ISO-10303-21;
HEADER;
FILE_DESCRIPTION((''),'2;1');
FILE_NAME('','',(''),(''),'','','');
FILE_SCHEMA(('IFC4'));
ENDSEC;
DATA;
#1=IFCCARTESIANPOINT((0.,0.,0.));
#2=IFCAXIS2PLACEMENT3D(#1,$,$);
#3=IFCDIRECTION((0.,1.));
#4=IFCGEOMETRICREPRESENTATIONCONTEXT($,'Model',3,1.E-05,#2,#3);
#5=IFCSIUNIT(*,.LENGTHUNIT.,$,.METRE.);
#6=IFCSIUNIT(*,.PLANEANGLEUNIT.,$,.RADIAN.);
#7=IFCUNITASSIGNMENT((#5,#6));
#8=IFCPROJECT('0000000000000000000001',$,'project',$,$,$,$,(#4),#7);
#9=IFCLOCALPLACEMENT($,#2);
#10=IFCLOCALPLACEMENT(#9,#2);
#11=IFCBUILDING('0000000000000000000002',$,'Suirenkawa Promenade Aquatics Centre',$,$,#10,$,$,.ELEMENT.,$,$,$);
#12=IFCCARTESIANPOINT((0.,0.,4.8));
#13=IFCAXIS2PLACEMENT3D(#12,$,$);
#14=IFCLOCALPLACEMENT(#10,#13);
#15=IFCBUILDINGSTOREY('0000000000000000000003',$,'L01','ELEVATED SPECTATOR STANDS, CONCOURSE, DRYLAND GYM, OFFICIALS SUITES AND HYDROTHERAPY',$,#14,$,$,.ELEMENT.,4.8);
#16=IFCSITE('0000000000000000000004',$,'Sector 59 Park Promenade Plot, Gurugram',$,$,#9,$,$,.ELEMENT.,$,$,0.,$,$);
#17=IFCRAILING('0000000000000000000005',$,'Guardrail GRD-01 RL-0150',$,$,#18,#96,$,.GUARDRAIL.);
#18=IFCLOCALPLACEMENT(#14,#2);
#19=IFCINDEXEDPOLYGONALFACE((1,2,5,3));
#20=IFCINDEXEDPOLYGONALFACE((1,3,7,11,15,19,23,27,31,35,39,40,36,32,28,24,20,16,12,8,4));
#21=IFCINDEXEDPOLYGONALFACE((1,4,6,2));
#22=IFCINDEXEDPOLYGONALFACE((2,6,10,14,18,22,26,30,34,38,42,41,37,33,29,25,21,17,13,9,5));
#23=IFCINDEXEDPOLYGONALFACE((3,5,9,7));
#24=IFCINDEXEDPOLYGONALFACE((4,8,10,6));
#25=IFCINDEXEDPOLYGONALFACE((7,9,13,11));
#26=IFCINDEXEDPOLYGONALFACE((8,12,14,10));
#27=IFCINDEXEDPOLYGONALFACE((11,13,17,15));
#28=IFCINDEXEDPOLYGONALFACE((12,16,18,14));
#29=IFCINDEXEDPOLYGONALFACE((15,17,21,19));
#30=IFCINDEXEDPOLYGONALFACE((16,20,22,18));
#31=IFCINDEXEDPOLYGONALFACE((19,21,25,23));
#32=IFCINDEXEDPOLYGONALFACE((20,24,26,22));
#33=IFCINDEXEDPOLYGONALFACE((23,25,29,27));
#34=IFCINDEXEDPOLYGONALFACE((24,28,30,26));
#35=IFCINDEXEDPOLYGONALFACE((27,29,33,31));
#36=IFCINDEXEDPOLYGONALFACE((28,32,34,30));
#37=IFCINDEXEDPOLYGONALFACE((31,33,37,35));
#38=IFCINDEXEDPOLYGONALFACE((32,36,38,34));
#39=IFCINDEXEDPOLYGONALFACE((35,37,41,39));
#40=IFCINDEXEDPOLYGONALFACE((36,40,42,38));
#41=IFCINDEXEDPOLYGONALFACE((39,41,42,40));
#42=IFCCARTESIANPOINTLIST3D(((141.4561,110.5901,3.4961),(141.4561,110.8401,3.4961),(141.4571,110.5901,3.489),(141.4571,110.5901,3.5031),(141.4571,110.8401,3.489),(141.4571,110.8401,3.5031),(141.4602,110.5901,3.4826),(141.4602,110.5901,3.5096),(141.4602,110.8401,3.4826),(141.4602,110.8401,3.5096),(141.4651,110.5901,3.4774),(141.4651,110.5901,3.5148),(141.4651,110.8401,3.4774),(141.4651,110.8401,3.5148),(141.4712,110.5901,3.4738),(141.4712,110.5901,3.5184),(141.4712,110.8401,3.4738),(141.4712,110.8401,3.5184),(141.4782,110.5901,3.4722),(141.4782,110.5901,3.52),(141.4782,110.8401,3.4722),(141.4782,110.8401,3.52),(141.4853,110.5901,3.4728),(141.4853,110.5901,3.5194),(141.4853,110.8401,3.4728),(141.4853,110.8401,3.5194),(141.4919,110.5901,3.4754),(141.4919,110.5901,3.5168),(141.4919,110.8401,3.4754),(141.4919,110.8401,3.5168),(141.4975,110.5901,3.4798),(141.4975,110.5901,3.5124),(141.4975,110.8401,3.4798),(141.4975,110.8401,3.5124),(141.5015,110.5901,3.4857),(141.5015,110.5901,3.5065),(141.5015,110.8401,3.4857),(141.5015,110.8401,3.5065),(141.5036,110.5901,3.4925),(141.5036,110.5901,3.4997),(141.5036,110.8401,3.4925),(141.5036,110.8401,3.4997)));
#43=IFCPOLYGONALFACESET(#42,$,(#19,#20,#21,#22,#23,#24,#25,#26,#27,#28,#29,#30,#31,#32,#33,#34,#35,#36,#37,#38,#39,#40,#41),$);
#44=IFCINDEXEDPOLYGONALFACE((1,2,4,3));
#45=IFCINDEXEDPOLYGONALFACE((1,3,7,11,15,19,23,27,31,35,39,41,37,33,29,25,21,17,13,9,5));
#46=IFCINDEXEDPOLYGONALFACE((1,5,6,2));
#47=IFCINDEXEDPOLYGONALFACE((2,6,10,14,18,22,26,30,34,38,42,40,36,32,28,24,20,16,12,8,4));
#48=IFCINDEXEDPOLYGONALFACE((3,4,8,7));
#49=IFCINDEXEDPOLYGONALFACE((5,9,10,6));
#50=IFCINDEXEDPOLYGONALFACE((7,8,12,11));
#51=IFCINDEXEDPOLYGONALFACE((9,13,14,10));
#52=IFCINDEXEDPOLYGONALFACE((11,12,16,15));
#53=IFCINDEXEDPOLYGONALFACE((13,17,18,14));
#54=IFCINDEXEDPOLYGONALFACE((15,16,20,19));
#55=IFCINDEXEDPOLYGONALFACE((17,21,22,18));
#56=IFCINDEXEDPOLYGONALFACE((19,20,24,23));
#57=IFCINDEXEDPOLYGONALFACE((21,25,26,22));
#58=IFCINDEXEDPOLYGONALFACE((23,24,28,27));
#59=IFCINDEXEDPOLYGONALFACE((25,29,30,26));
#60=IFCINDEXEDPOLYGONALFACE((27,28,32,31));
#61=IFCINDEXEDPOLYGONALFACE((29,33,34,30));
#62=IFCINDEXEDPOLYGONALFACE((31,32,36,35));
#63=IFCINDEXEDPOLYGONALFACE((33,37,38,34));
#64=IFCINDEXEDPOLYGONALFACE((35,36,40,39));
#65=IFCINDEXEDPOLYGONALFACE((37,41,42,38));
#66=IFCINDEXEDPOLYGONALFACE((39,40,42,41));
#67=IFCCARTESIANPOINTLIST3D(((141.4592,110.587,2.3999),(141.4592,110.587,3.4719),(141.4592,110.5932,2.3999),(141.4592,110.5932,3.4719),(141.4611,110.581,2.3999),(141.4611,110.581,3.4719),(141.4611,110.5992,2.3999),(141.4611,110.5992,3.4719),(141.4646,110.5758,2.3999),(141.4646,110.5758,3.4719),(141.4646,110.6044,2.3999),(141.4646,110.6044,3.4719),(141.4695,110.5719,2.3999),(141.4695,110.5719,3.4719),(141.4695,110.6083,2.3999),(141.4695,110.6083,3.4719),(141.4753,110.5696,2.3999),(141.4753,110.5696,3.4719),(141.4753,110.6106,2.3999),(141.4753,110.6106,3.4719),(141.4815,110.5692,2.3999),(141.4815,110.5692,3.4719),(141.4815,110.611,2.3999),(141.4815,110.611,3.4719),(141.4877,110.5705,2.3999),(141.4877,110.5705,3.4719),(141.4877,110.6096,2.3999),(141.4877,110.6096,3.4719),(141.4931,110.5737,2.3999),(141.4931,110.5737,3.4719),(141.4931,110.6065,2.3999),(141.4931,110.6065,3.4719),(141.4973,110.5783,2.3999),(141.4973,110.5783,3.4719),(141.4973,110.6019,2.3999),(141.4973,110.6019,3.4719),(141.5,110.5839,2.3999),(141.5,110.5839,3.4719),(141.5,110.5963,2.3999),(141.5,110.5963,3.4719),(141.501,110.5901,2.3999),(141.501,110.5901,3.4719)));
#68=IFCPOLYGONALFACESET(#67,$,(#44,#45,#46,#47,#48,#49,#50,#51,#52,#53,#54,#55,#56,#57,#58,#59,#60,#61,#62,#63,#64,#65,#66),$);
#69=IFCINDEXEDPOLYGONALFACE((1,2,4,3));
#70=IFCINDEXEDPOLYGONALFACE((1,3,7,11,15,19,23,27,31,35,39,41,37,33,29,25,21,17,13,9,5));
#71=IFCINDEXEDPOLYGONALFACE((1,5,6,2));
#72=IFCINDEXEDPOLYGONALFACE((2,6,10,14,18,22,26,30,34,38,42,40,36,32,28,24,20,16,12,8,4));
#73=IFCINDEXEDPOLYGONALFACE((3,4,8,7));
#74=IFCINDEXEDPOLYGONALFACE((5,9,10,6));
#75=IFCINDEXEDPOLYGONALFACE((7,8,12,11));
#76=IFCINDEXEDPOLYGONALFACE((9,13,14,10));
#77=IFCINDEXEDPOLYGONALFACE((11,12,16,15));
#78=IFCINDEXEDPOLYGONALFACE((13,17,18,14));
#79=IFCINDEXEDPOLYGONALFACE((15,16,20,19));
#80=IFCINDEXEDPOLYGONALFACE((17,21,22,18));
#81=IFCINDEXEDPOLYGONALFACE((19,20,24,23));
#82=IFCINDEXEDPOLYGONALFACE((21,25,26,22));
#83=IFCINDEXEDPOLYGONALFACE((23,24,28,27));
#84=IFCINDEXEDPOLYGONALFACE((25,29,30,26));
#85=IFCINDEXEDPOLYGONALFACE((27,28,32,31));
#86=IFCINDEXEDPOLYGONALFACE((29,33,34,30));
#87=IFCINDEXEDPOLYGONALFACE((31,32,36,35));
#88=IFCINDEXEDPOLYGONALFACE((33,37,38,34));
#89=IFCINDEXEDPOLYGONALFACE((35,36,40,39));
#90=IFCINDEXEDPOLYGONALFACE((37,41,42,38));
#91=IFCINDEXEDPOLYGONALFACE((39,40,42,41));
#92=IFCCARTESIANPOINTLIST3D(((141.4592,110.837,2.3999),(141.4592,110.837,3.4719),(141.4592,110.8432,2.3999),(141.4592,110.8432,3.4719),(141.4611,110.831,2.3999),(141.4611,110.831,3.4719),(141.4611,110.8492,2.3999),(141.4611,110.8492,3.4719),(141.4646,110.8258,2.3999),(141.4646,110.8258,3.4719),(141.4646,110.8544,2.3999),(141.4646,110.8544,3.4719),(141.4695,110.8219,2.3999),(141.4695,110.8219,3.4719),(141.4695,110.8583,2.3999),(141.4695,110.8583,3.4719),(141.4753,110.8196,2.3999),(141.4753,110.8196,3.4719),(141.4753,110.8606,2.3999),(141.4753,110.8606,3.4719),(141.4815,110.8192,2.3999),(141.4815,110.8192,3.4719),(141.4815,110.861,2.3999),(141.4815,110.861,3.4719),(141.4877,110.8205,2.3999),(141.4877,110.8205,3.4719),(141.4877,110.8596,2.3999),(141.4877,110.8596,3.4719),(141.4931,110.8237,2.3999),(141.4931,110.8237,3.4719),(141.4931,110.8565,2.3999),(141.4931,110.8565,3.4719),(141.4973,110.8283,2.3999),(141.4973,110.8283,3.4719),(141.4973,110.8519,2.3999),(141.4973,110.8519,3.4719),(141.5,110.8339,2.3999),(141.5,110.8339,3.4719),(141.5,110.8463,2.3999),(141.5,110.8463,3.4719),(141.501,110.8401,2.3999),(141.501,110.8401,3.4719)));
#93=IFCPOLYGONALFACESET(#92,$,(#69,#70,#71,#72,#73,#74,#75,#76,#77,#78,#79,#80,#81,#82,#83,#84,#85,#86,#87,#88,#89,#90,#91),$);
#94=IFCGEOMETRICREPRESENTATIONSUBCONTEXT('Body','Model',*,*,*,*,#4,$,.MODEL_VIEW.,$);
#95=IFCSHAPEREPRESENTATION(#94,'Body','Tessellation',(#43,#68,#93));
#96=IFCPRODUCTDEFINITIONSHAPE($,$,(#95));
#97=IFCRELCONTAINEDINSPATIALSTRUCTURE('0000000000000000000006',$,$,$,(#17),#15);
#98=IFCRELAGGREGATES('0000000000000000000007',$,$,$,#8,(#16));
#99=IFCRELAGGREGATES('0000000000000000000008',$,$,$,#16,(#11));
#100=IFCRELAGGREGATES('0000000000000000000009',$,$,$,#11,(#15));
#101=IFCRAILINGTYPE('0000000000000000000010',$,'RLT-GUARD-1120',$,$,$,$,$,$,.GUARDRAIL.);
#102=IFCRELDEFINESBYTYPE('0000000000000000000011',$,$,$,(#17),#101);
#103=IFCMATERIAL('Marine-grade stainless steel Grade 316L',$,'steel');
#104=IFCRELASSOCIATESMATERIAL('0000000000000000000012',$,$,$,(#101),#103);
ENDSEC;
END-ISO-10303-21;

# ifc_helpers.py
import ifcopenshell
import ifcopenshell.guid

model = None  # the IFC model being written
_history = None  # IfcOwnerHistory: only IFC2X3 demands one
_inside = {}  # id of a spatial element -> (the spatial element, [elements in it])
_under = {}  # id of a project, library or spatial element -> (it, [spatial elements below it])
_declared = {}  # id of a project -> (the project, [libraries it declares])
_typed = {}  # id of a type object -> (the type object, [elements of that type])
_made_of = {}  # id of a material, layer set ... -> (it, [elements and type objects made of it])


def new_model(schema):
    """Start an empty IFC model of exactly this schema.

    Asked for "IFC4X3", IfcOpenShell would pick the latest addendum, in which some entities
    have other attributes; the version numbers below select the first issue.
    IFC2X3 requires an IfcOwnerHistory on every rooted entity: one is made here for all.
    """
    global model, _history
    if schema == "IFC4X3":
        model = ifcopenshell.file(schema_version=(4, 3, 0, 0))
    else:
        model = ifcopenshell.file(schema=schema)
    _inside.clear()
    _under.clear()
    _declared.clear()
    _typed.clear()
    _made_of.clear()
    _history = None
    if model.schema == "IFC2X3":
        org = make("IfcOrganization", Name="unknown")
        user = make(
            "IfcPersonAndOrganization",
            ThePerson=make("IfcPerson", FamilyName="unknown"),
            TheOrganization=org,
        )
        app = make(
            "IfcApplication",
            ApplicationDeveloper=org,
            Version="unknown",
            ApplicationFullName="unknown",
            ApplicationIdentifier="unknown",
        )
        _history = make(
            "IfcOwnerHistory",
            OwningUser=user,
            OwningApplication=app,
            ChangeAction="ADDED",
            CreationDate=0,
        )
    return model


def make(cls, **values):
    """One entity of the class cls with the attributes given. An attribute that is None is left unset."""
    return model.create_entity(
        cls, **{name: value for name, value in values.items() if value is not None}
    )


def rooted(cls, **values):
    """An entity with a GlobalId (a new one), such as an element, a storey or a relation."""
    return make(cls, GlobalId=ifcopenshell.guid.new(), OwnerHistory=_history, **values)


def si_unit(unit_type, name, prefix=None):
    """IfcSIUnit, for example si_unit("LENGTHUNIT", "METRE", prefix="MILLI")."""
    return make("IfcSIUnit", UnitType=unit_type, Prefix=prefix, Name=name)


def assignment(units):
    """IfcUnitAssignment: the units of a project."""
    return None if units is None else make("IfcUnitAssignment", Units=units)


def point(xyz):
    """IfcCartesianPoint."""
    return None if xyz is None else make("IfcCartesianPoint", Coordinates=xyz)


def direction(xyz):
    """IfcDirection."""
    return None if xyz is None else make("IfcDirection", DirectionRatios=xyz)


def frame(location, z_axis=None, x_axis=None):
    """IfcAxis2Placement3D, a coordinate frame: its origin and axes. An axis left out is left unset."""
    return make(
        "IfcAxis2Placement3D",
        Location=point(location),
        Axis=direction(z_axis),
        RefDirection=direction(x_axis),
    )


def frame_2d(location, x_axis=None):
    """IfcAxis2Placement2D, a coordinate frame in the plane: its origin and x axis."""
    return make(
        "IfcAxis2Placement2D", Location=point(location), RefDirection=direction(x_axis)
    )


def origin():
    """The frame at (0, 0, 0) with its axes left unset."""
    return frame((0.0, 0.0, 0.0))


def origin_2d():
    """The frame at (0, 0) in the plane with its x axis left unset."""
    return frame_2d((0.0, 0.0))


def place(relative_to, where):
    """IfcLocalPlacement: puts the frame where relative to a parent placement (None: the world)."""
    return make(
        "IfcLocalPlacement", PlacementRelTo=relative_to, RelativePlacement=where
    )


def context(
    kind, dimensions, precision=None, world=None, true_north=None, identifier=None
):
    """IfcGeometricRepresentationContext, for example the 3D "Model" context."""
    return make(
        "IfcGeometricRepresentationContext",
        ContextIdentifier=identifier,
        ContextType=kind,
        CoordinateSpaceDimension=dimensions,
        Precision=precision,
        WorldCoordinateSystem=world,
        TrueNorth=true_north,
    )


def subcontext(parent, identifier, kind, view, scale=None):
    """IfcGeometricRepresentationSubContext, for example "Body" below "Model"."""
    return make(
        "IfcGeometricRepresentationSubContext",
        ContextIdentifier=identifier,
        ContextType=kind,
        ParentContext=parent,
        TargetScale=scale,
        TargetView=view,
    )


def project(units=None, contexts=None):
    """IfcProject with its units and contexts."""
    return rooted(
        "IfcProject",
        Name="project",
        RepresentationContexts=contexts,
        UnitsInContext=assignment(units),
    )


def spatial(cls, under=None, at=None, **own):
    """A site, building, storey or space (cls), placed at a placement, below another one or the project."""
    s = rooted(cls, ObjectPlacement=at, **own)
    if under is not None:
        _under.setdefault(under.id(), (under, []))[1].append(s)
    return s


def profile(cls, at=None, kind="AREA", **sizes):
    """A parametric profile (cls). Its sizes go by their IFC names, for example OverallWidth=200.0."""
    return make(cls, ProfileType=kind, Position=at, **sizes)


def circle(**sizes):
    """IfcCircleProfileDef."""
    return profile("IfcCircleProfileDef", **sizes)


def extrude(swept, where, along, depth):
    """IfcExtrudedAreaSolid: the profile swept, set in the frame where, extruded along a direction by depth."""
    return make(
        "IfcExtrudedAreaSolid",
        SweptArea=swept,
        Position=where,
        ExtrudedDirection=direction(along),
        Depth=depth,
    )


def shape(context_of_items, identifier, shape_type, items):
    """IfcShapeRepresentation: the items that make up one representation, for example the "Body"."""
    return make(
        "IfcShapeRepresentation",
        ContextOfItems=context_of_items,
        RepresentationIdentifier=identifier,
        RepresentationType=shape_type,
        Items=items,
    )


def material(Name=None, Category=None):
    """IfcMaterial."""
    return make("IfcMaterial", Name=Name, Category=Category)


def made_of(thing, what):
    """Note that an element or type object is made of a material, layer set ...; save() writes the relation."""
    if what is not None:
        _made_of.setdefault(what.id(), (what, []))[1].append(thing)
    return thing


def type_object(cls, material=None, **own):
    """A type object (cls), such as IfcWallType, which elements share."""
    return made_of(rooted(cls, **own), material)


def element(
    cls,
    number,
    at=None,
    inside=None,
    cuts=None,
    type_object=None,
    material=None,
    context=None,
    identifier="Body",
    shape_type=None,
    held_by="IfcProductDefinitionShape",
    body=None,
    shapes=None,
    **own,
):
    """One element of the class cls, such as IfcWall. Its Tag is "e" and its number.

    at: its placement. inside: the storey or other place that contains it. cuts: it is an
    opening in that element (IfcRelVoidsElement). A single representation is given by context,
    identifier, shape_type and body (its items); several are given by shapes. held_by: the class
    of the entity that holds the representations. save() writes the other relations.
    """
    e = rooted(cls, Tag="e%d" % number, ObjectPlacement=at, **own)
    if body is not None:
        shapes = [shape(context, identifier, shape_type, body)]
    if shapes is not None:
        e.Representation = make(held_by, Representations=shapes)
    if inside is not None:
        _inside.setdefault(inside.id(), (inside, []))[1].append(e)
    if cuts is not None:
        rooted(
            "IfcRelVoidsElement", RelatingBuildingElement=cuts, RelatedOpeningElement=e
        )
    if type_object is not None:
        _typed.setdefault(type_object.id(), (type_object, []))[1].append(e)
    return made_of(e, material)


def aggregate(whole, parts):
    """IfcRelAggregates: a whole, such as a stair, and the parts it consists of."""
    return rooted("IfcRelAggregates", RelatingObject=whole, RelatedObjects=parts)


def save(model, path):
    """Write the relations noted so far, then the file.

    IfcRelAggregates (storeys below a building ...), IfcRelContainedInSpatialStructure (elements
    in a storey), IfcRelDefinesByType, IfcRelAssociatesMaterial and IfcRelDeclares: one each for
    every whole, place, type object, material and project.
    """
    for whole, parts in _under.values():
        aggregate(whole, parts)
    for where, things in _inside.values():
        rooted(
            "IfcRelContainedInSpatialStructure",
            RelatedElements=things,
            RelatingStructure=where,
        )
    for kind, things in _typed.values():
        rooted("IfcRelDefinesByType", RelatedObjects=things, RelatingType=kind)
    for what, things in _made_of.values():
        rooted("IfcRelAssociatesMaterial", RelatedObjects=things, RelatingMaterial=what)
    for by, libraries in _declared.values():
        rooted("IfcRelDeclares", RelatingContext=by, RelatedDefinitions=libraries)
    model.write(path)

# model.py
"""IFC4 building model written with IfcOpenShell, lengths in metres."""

from ifc_helpers import new_model, si_unit, direction, frame, origin, origin_2d, place, context, subcontext, project, spatial, circle, extrude, material, type_object, element, save


model = new_model("IFC4")

# Units and contexts
model_context = context("Model", 3, precision=1e-05, world=origin(), true_north=direction((0.0, 1.0)))
body_context = subcontext(model_context, "Body", "Model", "MODEL_VIEW")
ifc_project = project(units=[si_unit("LENGTHUNIT", "METRE"), si_unit("PLANEANGLEUNIT", "RADIAN")], contexts=[model_context])

# Site, building, storey
site_placement = place(None, origin())
site = spatial("IfcSite", under=ifc_project, at=site_placement, Name="Sector 59 Park Promenade Plot, Gurugram", CompositionType="ELEMENT", RefElevation=0.0)
building_placement = place(site_placement, origin())
building = spatial("IfcBuilding", under=site, at=building_placement, Name="Suirenkawa Promenade Aquatics Centre", CompositionType="ELEMENT")
storey_placement = place(building_placement, frame((0.0, 0.0, 4.8)))
storey = spatial("IfcBuildingStorey", under=building, at=storey_placement, Name="L01", Description="ELEVATED SPECTATOR STANDS, CONCOURSE, DRYLAND GYM, OFFICIALS SUITES AND HYDROTHERAPY", CompositionType="ELEMENT", Elevation=4.8)

# Railing
ifc_material_1 = material(Name="Marine-grade stainless steel Grade 316L", Category="steel")
railing_type_1 = type_object("IfcRailingType", Name="RLT-GUARD-1120", PredefinedType="GUARDRAIL", material=ifc_material_1)
railing_1_placement = place(storey_placement, frame((141.48, 110.5901, 2.3999)))
element("IfcRailing", 1, at=railing_1_placement, inside=storey, type_object=railing_type_1, Name="Guardrail GRD-01 RL-0150", PredefinedType="GUARDRAIL", context=body_context, shape_type="SweptSolid", body=[
    extrude(circle(Radius=0.0239, at=origin_2d()), frame((0.0, 0.0, 1.0962), z_axis=(0.0, 1.0, 0.0), x_axis=(-1.0, 0.0, 0.0)), (0.0, 0.0, 1.0), 0.25),
    extrude(circle(Radius=0.021, at=origin_2d()), origin(), (0.0, 0.0, 1.0), 1.072),
    extrude(circle(Radius=0.021, at=origin_2d()), frame((0.0, 0.25, 0.0)), (0.0, 0.0, 1.0), 1.072),
])

save(model, "model.ifc")
